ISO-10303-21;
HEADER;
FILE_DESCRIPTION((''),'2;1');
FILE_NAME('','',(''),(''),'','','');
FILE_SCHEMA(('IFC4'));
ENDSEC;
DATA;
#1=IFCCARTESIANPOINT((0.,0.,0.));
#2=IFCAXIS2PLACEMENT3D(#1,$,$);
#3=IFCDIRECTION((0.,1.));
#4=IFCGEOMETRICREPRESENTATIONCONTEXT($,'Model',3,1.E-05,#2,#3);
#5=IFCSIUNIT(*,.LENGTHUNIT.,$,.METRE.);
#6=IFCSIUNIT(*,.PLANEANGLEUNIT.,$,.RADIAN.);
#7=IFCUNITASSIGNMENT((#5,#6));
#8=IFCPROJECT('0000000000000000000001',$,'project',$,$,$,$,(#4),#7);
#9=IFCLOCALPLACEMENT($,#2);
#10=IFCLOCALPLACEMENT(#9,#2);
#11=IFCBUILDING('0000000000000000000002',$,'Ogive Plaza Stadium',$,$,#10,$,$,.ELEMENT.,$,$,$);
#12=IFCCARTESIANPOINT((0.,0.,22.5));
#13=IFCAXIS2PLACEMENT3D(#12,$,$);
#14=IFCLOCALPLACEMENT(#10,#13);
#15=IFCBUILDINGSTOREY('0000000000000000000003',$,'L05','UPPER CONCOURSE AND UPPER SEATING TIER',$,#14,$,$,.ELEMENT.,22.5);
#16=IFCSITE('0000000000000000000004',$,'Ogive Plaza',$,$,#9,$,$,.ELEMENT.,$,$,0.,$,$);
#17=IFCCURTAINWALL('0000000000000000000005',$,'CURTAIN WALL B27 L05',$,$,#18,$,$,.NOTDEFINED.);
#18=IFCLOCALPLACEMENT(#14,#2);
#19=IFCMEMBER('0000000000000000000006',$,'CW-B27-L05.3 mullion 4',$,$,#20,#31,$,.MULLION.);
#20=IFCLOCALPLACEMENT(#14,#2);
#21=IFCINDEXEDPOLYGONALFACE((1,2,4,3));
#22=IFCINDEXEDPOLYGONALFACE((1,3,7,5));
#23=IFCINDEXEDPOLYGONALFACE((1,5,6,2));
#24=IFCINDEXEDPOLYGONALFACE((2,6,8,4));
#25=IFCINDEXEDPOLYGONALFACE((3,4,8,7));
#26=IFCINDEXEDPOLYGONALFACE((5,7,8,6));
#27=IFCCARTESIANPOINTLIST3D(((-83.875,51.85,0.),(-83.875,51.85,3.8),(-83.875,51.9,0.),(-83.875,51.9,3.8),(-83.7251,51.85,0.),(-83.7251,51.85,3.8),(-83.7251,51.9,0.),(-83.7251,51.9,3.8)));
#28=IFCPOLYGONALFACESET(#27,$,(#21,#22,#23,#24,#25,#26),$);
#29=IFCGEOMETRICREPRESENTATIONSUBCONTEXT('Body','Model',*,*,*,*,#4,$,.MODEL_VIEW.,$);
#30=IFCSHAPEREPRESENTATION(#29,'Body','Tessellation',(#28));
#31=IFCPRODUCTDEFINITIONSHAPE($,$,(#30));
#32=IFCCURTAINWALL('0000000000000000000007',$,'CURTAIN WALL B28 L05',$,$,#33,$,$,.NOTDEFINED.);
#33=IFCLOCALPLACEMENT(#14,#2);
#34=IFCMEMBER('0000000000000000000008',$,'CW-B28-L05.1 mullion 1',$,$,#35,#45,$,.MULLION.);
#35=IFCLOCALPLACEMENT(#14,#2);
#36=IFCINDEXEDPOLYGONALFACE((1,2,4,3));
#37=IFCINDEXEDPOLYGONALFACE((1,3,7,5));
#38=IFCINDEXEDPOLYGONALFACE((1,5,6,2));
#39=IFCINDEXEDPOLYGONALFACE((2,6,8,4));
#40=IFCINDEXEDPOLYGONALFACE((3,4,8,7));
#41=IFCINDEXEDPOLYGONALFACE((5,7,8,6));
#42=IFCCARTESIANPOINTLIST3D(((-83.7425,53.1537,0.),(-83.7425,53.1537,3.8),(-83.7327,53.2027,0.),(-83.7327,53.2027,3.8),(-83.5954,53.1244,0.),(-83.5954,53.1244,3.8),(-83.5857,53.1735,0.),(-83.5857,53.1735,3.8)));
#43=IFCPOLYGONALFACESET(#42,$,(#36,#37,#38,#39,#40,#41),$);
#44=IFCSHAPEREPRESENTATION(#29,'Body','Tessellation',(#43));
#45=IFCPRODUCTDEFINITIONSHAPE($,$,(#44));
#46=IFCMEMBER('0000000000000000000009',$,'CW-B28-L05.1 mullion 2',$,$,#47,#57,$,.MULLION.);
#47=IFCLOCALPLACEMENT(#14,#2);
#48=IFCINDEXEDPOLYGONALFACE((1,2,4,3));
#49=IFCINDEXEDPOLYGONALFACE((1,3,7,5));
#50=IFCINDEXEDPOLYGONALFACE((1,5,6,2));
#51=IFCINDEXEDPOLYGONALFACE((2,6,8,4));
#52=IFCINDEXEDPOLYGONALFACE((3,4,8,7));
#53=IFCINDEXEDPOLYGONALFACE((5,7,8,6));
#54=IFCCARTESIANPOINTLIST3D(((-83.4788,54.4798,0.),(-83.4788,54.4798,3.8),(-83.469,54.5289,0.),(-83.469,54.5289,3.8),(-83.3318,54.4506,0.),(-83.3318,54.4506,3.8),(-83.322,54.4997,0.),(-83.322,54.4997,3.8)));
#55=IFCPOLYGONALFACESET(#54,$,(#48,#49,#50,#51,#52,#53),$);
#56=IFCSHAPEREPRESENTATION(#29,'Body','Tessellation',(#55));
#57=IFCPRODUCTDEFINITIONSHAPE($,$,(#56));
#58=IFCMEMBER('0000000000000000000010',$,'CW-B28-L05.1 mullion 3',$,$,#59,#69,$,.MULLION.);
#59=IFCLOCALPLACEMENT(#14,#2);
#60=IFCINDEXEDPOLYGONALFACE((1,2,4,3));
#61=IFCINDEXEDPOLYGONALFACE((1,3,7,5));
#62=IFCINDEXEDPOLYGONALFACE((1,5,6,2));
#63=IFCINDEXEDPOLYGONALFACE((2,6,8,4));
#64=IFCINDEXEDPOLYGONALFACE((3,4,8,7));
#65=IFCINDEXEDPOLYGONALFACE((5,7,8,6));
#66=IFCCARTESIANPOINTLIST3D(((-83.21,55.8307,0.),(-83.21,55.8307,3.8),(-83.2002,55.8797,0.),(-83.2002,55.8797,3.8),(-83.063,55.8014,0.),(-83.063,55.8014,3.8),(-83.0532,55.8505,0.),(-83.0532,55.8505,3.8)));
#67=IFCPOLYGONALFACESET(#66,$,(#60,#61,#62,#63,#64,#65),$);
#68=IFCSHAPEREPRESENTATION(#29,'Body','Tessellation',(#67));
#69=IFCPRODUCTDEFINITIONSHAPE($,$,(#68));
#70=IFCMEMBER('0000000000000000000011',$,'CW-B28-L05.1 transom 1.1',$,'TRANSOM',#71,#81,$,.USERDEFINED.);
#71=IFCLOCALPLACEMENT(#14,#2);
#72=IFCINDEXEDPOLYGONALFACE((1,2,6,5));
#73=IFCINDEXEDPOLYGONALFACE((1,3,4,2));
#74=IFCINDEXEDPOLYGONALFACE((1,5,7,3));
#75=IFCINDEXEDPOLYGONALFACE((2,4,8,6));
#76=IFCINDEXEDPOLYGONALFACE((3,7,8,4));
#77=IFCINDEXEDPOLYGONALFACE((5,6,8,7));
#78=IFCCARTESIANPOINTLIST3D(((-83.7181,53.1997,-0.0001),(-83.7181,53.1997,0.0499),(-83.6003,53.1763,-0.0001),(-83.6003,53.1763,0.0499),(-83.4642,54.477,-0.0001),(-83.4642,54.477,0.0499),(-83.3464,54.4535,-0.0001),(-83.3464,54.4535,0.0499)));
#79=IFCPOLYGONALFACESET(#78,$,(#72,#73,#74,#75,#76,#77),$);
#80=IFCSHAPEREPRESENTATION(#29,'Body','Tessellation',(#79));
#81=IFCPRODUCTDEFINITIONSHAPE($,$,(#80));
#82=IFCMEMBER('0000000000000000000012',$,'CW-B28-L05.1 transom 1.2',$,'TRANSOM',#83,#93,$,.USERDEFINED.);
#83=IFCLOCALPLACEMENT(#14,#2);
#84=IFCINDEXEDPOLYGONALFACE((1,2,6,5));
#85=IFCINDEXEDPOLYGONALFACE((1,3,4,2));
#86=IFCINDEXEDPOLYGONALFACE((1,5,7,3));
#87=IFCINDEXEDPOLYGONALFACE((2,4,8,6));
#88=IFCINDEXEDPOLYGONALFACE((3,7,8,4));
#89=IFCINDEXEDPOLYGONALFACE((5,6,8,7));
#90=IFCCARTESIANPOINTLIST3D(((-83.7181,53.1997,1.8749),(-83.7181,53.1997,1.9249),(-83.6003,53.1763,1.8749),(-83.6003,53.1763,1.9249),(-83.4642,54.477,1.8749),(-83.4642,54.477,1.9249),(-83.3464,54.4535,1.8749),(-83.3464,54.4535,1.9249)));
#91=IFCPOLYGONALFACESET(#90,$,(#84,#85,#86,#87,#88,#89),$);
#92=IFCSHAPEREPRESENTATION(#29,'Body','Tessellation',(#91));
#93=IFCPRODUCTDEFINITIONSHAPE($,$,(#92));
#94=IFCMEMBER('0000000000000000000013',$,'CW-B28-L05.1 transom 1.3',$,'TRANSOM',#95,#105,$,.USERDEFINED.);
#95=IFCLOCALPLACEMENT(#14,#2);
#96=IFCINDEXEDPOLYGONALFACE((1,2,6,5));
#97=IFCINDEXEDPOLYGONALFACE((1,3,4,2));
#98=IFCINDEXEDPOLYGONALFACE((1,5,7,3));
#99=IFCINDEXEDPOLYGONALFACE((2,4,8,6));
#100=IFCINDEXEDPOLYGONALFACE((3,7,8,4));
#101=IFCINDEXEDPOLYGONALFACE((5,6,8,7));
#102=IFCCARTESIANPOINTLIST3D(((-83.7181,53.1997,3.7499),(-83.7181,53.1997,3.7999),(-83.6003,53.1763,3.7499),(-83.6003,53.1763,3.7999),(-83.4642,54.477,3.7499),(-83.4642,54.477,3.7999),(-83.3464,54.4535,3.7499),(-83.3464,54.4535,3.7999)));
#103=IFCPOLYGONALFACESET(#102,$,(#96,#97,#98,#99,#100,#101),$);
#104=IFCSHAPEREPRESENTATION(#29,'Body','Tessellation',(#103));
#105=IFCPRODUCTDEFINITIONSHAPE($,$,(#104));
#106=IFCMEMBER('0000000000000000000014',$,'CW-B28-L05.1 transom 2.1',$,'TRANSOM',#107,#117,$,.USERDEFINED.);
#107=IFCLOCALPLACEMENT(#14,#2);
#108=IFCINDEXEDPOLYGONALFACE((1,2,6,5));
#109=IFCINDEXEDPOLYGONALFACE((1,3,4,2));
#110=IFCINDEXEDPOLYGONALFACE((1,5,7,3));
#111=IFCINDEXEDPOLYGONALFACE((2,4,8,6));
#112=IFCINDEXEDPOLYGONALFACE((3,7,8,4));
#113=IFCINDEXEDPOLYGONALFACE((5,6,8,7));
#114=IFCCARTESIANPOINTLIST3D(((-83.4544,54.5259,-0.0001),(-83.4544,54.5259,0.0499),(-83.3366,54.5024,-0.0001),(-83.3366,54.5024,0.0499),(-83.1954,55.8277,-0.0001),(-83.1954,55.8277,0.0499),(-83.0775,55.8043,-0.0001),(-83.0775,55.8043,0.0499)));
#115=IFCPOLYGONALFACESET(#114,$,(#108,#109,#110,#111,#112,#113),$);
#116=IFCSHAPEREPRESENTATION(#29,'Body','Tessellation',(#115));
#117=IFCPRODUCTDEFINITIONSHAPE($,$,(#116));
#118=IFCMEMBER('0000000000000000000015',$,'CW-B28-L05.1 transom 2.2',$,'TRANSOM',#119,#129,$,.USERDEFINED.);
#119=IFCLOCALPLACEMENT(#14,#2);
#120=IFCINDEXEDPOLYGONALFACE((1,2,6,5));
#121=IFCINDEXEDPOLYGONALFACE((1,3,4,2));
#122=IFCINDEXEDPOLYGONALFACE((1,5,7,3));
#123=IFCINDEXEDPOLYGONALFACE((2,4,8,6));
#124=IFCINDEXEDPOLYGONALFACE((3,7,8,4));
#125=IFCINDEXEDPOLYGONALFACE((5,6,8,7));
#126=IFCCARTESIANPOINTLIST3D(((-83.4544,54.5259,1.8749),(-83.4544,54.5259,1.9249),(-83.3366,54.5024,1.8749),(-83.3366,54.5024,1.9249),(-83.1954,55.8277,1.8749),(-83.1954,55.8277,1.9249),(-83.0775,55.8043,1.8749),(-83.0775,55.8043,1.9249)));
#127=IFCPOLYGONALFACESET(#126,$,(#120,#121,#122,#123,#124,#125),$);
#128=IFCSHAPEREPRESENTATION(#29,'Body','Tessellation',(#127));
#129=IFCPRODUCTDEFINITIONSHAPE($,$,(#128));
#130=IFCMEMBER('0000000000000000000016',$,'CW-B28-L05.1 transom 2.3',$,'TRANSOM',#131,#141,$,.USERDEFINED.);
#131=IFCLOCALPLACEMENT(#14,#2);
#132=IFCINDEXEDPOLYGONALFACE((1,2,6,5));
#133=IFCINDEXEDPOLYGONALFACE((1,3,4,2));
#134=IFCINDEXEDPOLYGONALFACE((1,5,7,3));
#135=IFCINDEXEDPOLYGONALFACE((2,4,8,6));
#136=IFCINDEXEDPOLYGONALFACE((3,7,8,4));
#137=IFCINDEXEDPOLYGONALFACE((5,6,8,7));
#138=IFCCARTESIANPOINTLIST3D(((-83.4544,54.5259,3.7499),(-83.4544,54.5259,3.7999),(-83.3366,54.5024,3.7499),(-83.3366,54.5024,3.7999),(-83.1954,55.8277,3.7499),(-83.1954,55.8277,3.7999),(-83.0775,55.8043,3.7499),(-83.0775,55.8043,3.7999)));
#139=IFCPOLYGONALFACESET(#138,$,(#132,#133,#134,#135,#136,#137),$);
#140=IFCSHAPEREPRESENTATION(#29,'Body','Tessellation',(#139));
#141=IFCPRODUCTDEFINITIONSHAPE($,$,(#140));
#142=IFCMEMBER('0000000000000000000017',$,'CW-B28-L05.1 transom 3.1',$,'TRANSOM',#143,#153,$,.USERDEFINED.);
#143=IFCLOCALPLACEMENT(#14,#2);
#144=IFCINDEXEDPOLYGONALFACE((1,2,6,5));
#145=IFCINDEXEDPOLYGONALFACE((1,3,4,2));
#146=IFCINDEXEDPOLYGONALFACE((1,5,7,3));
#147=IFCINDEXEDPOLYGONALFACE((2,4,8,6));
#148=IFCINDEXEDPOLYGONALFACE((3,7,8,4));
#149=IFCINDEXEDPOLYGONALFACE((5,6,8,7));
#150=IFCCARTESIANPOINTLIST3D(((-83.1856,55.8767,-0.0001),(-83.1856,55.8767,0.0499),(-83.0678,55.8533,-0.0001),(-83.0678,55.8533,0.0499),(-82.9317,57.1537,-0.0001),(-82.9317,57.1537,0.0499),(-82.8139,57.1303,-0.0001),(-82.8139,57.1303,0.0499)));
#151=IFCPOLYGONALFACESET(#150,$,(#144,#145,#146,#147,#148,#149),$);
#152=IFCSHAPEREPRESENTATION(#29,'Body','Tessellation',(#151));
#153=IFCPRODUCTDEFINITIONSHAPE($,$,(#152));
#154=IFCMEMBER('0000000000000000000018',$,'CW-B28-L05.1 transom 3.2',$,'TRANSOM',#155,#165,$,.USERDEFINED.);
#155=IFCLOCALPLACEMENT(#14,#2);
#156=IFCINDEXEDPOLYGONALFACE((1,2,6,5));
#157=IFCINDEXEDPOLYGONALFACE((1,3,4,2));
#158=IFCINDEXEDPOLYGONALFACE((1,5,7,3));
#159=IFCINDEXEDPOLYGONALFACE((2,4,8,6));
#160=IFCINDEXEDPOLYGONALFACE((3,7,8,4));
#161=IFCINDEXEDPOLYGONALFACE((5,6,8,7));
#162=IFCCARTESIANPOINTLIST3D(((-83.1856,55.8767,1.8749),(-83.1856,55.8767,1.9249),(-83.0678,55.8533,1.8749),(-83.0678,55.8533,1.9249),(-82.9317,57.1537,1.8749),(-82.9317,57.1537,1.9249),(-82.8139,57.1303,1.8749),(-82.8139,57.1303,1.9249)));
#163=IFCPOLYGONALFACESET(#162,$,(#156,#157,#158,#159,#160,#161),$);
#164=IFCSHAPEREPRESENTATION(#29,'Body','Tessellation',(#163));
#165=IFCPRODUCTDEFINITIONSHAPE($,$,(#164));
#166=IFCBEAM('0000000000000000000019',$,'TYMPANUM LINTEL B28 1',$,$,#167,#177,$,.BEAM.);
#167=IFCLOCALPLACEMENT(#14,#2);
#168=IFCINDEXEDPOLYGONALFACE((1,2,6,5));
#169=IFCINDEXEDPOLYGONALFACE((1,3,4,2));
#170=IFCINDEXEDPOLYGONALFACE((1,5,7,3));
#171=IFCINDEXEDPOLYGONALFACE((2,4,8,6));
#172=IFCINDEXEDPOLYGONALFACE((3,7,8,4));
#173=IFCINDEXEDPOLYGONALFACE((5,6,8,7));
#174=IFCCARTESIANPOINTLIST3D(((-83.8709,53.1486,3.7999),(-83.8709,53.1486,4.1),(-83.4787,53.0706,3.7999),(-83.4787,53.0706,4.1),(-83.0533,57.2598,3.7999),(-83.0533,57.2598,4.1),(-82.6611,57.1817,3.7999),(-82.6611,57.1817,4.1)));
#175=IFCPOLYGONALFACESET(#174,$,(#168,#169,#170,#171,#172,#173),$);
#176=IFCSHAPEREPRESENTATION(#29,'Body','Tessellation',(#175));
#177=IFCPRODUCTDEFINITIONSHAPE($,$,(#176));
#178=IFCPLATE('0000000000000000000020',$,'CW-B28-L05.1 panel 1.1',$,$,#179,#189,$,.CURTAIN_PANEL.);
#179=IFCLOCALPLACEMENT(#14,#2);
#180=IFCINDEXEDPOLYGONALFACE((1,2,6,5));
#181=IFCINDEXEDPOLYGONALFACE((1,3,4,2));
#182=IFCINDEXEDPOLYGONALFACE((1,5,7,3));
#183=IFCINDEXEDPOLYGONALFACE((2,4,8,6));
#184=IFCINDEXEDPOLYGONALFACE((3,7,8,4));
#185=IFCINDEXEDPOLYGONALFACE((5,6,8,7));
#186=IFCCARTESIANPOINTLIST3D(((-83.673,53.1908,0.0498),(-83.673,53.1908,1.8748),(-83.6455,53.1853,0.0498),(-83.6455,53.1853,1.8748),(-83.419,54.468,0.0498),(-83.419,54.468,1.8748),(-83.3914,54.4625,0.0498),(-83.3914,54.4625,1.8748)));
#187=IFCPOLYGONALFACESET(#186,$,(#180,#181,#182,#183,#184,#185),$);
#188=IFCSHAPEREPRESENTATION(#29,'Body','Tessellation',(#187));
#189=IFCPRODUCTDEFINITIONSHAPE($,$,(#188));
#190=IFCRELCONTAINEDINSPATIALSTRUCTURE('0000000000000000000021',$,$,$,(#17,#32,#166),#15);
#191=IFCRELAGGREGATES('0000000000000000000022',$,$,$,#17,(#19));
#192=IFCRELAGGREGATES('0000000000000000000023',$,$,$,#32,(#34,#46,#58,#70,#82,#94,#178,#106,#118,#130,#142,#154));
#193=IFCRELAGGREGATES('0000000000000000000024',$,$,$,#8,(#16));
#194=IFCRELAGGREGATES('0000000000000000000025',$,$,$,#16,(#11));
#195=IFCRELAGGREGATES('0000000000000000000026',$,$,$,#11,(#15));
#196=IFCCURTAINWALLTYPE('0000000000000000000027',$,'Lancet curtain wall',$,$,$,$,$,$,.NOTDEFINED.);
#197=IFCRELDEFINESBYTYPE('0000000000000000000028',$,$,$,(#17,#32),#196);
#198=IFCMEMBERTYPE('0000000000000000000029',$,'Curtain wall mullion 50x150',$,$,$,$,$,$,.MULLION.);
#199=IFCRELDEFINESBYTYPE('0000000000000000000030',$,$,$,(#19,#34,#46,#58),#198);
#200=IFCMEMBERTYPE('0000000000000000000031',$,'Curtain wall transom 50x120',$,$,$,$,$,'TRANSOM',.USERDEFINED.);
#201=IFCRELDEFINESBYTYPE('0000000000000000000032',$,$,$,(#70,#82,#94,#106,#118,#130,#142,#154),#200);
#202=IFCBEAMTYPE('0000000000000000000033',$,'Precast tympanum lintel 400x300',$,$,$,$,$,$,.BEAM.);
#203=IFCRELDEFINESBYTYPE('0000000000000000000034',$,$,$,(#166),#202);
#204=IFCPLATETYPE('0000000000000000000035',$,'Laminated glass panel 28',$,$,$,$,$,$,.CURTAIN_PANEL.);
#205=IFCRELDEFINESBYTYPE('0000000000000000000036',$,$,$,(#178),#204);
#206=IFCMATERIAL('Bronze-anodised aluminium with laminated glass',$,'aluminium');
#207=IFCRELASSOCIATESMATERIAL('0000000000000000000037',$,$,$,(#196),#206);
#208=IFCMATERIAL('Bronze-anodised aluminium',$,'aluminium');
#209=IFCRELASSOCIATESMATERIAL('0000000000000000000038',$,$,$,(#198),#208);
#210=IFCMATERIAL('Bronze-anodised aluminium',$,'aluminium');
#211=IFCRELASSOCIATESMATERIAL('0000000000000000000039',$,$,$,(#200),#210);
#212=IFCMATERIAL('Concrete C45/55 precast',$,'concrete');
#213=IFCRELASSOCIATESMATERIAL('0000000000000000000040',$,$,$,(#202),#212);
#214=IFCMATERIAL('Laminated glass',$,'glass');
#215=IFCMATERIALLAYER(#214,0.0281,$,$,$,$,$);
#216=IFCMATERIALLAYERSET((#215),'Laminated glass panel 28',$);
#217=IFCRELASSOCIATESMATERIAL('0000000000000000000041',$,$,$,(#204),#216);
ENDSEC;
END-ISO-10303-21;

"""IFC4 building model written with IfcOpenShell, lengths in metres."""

from ifc_helpers import new_model, si_unit, direction, frame, origin, origin_2d, place, context, subcontext, project, spatial, rectangle, extrude, material, layer, layer_set, material_profile, profile_set, type_object, element, aggregate, save


model = new_model("IFC4")

# Units and contexts
model_context = context("Model", 3, precision=1e-05, world=origin(), true_north=direction((0.0, 1.0)))
body_context = subcontext(model_context, "Body", "Model", "MODEL_VIEW")
ifc_project = project(units=[si_unit("LENGTHUNIT", "METRE"), si_unit("PLANEANGLEUNIT", "RADIAN")], contexts=[model_context])

# Site, building, storey
site_placement = place(None, origin())
site = spatial("IfcSite", under=ifc_project, at=site_placement, Name="Ogive Plaza", CompositionType="ELEMENT", RefElevation=0.0)
building_placement = place(site_placement, origin())
building = spatial("IfcBuilding", under=site, at=building_placement, Name="Ogive Plaza Stadium", CompositionType="ELEMENT")
storey_placement = place(building_placement, frame((0.0, 0.0, 22.5)))
storey = spatial("IfcBuildingStorey", under=building, at=storey_placement, Name="L05", Description="UPPER CONCOURSE AND UPPER SEATING TIER", CompositionType="ELEMENT", Elevation=22.5)

# Curtain wall, member
ifc_material_1 = material(Name="Bronze-anodised aluminium with laminated glass", Category="aluminium")
curtain_wall_type = type_object("IfcCurtainWallType", Name="Lancet curtain wall", PredefinedType="NOTDEFINED", material=ifc_material_1)
curtain_wall_1_placement = place(storey_placement, origin())
curtain_wall_1 = element("IfcCurtainWall", 1, at=curtain_wall_1_placement, inside=storey, type_object=curtain_wall_type, Name="CURTAIN WALL B27 L05", PredefinedType="NOTDEFINED")
ifc_material_2 = material(Name="Bronze-anodised aluminium", Category="aluminium")
ifc_material_profile_1 = material_profile(ifc_material_2, rectangle(XDim=0.1499, YDim=0.05, at=origin_2d()), Name="AL 150x50")
ifc_profile_set_1 = profile_set([ifc_material_profile_1], Name="Bronze-anodised aluminium")
member_type_1 = type_object("IfcMemberType", Name="Curtain wall mullion 50x150", PredefinedType="MULLION", material=ifc_profile_set_1)
member_1_placement = place(storey_placement, frame((-83.8, 51.875, 0.0), z_axis=(0.0, 0.0, 1.0), x_axis=(-1.0, 0.0, 0.0)))
member_1 = element("IfcMember", 2, at=member_1_placement, type_object=member_type_1, Name="CW-B27-L05.3 mullion 4", PredefinedType="MULLION", context=body_context, shape_type="SweptSolid", body=[
    extrude(rectangle(XDim=0.1499, YDim=0.05, at=origin_2d()), origin(), (0.0, 0.0, 1.0), 3.8),
])
aggregate(curtain_wall_1, [member_1])

# Curtain wall, members
curtain_wall_2_placement = place(storey_placement, origin())
curtain_wall_2 = element("IfcCurtainWall", 3, at=curtain_wall_2_placement, inside=storey, type_object=curtain_wall_type, Name="CURTAIN WALL B28 L05", PredefinedType="NOTDEFINED")
member_2_placement = place(storey_placement, frame((-83.6641, 53.1636, 0.0), z_axis=(0.0, 0.0, 1.0), x_axis=(-0.980785, 0.19509, 0.0)))
member_2 = element("IfcMember", 4, at=member_2_placement, type_object=member_type_1, Name="CW-B28-L05.1 mullion 1", PredefinedType="MULLION", context=body_context, shape_type="SweptSolid", body=[
    extrude(rectangle(XDim=0.1499, YDim=0.05, at=origin_2d()), origin(), (0.0, 0.0, 1.0), 3.8),
])
member_3_placement = place(storey_placement, frame((-83.4004, 54.4897, 0.0), z_axis=(0.0, 0.0, 1.0), x_axis=(-0.980785, 0.19509, 0.0)))
member_3 = element("IfcMember", 5, at=member_3_placement, type_object=member_type_1, Name="CW-B28-L05.1 mullion 2", PredefinedType="MULLION", context=body_context, shape_type="SweptSolid", body=[
    extrude(rectangle(XDim=0.1499, YDim=0.05, at=origin_2d()), origin(), (0.0, 0.0, 1.0), 3.8),
])
member_4_placement = place(storey_placement, frame((-83.1316, 55.8406, 0.0), z_axis=(0.0, 0.0, 1.0), x_axis=(-0.980785, 0.19509, 0.0)))
member_4 = element("IfcMember", 6, at=member_4_placement, type_object=member_type_1, Name="CW-B28-L05.1 mullion 3", PredefinedType="MULLION", context=body_context, shape_type="SweptSolid", body=[
    extrude(rectangle(XDim=0.1499, YDim=0.05, at=origin_2d()), origin(), (0.0, 0.0, 1.0), 3.8),
])
ifc_material_3 = material(Name="Bronze-anodised aluminium", Category="aluminium")
ifc_material_profile_2 = material_profile(ifc_material_3, rectangle(XDim=0.1201, YDim=0.05, at=origin_2d()), Name="AL 120x50")
ifc_profile_set_2 = profile_set([ifc_material_profile_2], Name="Bronze-anodised aluminium")
member_type_2 = type_object("IfcMemberType", Name="Curtain wall transom 50x120", ElementType="TRANSOM", PredefinedType="USERDEFINED", material=ifc_profile_set_2)
member_5_placement = place(storey_placement, frame((-83.6592, 53.188, 0.0249), z_axis=(0.194962, 0.980811, 0.0), x_axis=(-0.980811, 0.194962, 0.0)))
member_5 = element("IfcMember", 7, at=member_5_placement, type_object=member_type_2, Name="CW-B28-L05.1 transom 1.1", ObjectType="TRANSOM", PredefinedType="USERDEFINED", context=body_context, shape_type="SweptSolid", body=[
    extrude(rectangle(XDim=0.1201, YDim=0.05, at=origin_2d()), origin(), (0.0, 0.0, 1.0), 1.3022),
])
member_6_placement = place(storey_placement, frame((-83.6592, 53.188, 1.8999), z_axis=(0.194962, 0.980811, 0.0), x_axis=(-0.980811, 0.194962, 0.0)))
member_6 = element("IfcMember", 8, at=member_6_placement, type_object=member_type_2, Name="CW-B28-L05.1 transom 1.2", ObjectType="TRANSOM", PredefinedType="USERDEFINED", context=body_context, shape_type="SweptSolid", body=[
    extrude(rectangle(XDim=0.1201, YDim=0.05, at=origin_2d()), origin(), (0.0, 0.0, 1.0), 1.3022),
])
member_7_placement = place(storey_placement, frame((-83.6592, 53.188, 3.7749), z_axis=(0.194962, 0.980811, 0.0), x_axis=(-0.980811, 0.194962, 0.0)))
member_7 = element("IfcMember", 9, at=member_7_placement, type_object=member_type_2, Name="CW-B28-L05.1 transom 1.3", ObjectType="TRANSOM", PredefinedType="USERDEFINED", context=body_context, shape_type="SweptSolid", body=[
    extrude(rectangle(XDim=0.1201, YDim=0.05, at=origin_2d()), origin(), (0.0, 0.0, 1.0), 1.3022),
])
member_8_placement = place(storey_placement, frame((-83.3955, 54.5142, 0.0249), z_axis=(0.195161, 0.980771, 0.0), x_axis=(-0.980771, 0.195161, 0.0)))
member_8 = element("IfcMember", 10, at=member_8_placement, type_object=member_type_2, Name="CW-B28-L05.1 transom 2.1", ObjectType="TRANSOM", PredefinedType="USERDEFINED", context=body_context, shape_type="SweptSolid", body=[
    extrude(rectangle(XDim=0.1201, YDim=0.05, at=origin_2d()), origin(), (0.0, 0.0, 1.0), 1.3274),
])
member_9_placement = place(storey_placement, frame((-83.3955, 54.5142, 1.8999), z_axis=(0.195161, 0.980771, 0.0), x_axis=(-0.980771, 0.195161, 0.0)))
member_9 = element("IfcMember", 11, at=member_9_placement, type_object=member_type_2, Name="CW-B28-L05.1 transom 2.2", ObjectType="TRANSOM", PredefinedType="USERDEFINED", context=body_context, shape_type="SweptSolid", body=[
    extrude(rectangle(XDim=0.1201, YDim=0.05, at=origin_2d()), origin(), (0.0, 0.0, 1.0), 1.3274),
])
member_10_placement = place(storey_placement, frame((-83.3955, 54.5142, 3.7749), z_axis=(0.195161, 0.980771, 0.0), x_axis=(-0.980771, 0.195161, 0.0)))
member_10 = element("IfcMember", 12, at=member_10_placement, type_object=member_type_2, Name="CW-B28-L05.1 transom 2.3", ObjectType="TRANSOM", PredefinedType="USERDEFINED", context=body_context, shape_type="SweptSolid", body=[
    extrude(rectangle(XDim=0.1201, YDim=0.05, at=origin_2d()), origin(), (0.0, 0.0, 1.0), 1.3274),
])
member_11_placement = place(storey_placement, frame((-83.1267, 55.865, 0.0249), z_axis=(0.194998, 0.980804, 0.0), x_axis=(-0.980804, 0.194998, 0.0)))
member_11 = element("IfcMember", 13, at=member_11_placement, type_object=member_type_2, Name="CW-B28-L05.1 transom 3.1", ObjectType="TRANSOM", PredefinedType="USERDEFINED", context=body_context, shape_type="SweptSolid", body=[
    extrude(rectangle(XDim=0.1201, YDim=0.05, at=origin_2d()), origin(), (0.0, 0.0, 1.0), 1.302),
])
member_12_placement = place(storey_placement, frame((-83.1267, 55.865, 1.8999), z_axis=(0.194998, 0.980804, 0.0), x_axis=(-0.980804, 0.194998, 0.0)))
member_12 = element("IfcMember", 14, at=member_12_placement, type_object=member_type_2, Name="CW-B28-L05.1 transom 3.2", ObjectType="TRANSOM", PredefinedType="USERDEFINED", context=body_context, shape_type="SweptSolid", body=[
    extrude(rectangle(XDim=0.1201, YDim=0.05, at=origin_2d()), origin(), (0.0, 0.0, 1.0), 1.302),
])

# Beam
ifc_material_4 = material(Name="Concrete C45/55 precast", Category="concrete")
ifc_material_profile_3 = material_profile(ifc_material_4, rectangle(XDim=0.3999, YDim=0.3, at=origin_2d()), Name="RC 400x300")
ifc_profile_set_3 = profile_set([ifc_material_profile_3], Name="Concrete C45/55 precast")
beam_type = type_object("IfcBeamType", Name="Precast tympanum lintel 400x300", PredefinedType="BEAM", material=ifc_profile_set_3)
beam_placement = place(storey_placement, frame((-83.6748, 53.1096, 3.95), z_axis=(0.195063, 0.980791, 0.0), x_axis=(-0.980791, 0.195063, 0.0)))
element("IfcBeam", 15, at=beam_placement, inside=storey, type_object=beam_type, Name="TYMPANUM LINTEL B28 1", PredefinedType="BEAM", context=body_context, shape_type="SweptSolid", body=[
    extrude(rectangle(XDim=0.3999, YDim=0.3, at=origin_2d()), origin(), (0.0, 0.0, 1.0), 4.1917),
])

# Plate
ifc_material_5 = material(Name="Laminated glass", Category="glass")
ifc_layer_1 = layer(ifc_material_5, 0.0281)
ifc_layer_set_1 = layer_set([ifc_layer_1], Name="Laminated glass panel 28")
plate_type = type_object("IfcPlateType", Name="Laminated glass panel 28", PredefinedType="CURTAIN_PANEL", material=ifc_layer_set_1)
plate_1_placement = place(storey_placement, frame((-83.5322, 53.8267, 0.0498), z_axis=(0.0, 0.0, 1.0), x_axis=(0.19509, 0.980785, 0.0)))
plate_1 = element("IfcPlate", 16, at=plate_1_placement, type_object=plate_type, Name="CW-B28-L05.1 panel 1.1", PredefinedType="CURTAIN_PANEL", context=body_context, shape_type="SweptSolid", body=[
    extrude(rectangle(XDim=1.3022, YDim=0.0281, at=origin_2d()), origin(), (0.0, 0.0, 1.0), 1.825),
])
aggregate(curtain_wall_2, [member_2, member_3, member_4, member_5, member_6, member_7, plate_1, member_8, member_9, member_10, member_11, member_12])

save(model, "model.ifc")
